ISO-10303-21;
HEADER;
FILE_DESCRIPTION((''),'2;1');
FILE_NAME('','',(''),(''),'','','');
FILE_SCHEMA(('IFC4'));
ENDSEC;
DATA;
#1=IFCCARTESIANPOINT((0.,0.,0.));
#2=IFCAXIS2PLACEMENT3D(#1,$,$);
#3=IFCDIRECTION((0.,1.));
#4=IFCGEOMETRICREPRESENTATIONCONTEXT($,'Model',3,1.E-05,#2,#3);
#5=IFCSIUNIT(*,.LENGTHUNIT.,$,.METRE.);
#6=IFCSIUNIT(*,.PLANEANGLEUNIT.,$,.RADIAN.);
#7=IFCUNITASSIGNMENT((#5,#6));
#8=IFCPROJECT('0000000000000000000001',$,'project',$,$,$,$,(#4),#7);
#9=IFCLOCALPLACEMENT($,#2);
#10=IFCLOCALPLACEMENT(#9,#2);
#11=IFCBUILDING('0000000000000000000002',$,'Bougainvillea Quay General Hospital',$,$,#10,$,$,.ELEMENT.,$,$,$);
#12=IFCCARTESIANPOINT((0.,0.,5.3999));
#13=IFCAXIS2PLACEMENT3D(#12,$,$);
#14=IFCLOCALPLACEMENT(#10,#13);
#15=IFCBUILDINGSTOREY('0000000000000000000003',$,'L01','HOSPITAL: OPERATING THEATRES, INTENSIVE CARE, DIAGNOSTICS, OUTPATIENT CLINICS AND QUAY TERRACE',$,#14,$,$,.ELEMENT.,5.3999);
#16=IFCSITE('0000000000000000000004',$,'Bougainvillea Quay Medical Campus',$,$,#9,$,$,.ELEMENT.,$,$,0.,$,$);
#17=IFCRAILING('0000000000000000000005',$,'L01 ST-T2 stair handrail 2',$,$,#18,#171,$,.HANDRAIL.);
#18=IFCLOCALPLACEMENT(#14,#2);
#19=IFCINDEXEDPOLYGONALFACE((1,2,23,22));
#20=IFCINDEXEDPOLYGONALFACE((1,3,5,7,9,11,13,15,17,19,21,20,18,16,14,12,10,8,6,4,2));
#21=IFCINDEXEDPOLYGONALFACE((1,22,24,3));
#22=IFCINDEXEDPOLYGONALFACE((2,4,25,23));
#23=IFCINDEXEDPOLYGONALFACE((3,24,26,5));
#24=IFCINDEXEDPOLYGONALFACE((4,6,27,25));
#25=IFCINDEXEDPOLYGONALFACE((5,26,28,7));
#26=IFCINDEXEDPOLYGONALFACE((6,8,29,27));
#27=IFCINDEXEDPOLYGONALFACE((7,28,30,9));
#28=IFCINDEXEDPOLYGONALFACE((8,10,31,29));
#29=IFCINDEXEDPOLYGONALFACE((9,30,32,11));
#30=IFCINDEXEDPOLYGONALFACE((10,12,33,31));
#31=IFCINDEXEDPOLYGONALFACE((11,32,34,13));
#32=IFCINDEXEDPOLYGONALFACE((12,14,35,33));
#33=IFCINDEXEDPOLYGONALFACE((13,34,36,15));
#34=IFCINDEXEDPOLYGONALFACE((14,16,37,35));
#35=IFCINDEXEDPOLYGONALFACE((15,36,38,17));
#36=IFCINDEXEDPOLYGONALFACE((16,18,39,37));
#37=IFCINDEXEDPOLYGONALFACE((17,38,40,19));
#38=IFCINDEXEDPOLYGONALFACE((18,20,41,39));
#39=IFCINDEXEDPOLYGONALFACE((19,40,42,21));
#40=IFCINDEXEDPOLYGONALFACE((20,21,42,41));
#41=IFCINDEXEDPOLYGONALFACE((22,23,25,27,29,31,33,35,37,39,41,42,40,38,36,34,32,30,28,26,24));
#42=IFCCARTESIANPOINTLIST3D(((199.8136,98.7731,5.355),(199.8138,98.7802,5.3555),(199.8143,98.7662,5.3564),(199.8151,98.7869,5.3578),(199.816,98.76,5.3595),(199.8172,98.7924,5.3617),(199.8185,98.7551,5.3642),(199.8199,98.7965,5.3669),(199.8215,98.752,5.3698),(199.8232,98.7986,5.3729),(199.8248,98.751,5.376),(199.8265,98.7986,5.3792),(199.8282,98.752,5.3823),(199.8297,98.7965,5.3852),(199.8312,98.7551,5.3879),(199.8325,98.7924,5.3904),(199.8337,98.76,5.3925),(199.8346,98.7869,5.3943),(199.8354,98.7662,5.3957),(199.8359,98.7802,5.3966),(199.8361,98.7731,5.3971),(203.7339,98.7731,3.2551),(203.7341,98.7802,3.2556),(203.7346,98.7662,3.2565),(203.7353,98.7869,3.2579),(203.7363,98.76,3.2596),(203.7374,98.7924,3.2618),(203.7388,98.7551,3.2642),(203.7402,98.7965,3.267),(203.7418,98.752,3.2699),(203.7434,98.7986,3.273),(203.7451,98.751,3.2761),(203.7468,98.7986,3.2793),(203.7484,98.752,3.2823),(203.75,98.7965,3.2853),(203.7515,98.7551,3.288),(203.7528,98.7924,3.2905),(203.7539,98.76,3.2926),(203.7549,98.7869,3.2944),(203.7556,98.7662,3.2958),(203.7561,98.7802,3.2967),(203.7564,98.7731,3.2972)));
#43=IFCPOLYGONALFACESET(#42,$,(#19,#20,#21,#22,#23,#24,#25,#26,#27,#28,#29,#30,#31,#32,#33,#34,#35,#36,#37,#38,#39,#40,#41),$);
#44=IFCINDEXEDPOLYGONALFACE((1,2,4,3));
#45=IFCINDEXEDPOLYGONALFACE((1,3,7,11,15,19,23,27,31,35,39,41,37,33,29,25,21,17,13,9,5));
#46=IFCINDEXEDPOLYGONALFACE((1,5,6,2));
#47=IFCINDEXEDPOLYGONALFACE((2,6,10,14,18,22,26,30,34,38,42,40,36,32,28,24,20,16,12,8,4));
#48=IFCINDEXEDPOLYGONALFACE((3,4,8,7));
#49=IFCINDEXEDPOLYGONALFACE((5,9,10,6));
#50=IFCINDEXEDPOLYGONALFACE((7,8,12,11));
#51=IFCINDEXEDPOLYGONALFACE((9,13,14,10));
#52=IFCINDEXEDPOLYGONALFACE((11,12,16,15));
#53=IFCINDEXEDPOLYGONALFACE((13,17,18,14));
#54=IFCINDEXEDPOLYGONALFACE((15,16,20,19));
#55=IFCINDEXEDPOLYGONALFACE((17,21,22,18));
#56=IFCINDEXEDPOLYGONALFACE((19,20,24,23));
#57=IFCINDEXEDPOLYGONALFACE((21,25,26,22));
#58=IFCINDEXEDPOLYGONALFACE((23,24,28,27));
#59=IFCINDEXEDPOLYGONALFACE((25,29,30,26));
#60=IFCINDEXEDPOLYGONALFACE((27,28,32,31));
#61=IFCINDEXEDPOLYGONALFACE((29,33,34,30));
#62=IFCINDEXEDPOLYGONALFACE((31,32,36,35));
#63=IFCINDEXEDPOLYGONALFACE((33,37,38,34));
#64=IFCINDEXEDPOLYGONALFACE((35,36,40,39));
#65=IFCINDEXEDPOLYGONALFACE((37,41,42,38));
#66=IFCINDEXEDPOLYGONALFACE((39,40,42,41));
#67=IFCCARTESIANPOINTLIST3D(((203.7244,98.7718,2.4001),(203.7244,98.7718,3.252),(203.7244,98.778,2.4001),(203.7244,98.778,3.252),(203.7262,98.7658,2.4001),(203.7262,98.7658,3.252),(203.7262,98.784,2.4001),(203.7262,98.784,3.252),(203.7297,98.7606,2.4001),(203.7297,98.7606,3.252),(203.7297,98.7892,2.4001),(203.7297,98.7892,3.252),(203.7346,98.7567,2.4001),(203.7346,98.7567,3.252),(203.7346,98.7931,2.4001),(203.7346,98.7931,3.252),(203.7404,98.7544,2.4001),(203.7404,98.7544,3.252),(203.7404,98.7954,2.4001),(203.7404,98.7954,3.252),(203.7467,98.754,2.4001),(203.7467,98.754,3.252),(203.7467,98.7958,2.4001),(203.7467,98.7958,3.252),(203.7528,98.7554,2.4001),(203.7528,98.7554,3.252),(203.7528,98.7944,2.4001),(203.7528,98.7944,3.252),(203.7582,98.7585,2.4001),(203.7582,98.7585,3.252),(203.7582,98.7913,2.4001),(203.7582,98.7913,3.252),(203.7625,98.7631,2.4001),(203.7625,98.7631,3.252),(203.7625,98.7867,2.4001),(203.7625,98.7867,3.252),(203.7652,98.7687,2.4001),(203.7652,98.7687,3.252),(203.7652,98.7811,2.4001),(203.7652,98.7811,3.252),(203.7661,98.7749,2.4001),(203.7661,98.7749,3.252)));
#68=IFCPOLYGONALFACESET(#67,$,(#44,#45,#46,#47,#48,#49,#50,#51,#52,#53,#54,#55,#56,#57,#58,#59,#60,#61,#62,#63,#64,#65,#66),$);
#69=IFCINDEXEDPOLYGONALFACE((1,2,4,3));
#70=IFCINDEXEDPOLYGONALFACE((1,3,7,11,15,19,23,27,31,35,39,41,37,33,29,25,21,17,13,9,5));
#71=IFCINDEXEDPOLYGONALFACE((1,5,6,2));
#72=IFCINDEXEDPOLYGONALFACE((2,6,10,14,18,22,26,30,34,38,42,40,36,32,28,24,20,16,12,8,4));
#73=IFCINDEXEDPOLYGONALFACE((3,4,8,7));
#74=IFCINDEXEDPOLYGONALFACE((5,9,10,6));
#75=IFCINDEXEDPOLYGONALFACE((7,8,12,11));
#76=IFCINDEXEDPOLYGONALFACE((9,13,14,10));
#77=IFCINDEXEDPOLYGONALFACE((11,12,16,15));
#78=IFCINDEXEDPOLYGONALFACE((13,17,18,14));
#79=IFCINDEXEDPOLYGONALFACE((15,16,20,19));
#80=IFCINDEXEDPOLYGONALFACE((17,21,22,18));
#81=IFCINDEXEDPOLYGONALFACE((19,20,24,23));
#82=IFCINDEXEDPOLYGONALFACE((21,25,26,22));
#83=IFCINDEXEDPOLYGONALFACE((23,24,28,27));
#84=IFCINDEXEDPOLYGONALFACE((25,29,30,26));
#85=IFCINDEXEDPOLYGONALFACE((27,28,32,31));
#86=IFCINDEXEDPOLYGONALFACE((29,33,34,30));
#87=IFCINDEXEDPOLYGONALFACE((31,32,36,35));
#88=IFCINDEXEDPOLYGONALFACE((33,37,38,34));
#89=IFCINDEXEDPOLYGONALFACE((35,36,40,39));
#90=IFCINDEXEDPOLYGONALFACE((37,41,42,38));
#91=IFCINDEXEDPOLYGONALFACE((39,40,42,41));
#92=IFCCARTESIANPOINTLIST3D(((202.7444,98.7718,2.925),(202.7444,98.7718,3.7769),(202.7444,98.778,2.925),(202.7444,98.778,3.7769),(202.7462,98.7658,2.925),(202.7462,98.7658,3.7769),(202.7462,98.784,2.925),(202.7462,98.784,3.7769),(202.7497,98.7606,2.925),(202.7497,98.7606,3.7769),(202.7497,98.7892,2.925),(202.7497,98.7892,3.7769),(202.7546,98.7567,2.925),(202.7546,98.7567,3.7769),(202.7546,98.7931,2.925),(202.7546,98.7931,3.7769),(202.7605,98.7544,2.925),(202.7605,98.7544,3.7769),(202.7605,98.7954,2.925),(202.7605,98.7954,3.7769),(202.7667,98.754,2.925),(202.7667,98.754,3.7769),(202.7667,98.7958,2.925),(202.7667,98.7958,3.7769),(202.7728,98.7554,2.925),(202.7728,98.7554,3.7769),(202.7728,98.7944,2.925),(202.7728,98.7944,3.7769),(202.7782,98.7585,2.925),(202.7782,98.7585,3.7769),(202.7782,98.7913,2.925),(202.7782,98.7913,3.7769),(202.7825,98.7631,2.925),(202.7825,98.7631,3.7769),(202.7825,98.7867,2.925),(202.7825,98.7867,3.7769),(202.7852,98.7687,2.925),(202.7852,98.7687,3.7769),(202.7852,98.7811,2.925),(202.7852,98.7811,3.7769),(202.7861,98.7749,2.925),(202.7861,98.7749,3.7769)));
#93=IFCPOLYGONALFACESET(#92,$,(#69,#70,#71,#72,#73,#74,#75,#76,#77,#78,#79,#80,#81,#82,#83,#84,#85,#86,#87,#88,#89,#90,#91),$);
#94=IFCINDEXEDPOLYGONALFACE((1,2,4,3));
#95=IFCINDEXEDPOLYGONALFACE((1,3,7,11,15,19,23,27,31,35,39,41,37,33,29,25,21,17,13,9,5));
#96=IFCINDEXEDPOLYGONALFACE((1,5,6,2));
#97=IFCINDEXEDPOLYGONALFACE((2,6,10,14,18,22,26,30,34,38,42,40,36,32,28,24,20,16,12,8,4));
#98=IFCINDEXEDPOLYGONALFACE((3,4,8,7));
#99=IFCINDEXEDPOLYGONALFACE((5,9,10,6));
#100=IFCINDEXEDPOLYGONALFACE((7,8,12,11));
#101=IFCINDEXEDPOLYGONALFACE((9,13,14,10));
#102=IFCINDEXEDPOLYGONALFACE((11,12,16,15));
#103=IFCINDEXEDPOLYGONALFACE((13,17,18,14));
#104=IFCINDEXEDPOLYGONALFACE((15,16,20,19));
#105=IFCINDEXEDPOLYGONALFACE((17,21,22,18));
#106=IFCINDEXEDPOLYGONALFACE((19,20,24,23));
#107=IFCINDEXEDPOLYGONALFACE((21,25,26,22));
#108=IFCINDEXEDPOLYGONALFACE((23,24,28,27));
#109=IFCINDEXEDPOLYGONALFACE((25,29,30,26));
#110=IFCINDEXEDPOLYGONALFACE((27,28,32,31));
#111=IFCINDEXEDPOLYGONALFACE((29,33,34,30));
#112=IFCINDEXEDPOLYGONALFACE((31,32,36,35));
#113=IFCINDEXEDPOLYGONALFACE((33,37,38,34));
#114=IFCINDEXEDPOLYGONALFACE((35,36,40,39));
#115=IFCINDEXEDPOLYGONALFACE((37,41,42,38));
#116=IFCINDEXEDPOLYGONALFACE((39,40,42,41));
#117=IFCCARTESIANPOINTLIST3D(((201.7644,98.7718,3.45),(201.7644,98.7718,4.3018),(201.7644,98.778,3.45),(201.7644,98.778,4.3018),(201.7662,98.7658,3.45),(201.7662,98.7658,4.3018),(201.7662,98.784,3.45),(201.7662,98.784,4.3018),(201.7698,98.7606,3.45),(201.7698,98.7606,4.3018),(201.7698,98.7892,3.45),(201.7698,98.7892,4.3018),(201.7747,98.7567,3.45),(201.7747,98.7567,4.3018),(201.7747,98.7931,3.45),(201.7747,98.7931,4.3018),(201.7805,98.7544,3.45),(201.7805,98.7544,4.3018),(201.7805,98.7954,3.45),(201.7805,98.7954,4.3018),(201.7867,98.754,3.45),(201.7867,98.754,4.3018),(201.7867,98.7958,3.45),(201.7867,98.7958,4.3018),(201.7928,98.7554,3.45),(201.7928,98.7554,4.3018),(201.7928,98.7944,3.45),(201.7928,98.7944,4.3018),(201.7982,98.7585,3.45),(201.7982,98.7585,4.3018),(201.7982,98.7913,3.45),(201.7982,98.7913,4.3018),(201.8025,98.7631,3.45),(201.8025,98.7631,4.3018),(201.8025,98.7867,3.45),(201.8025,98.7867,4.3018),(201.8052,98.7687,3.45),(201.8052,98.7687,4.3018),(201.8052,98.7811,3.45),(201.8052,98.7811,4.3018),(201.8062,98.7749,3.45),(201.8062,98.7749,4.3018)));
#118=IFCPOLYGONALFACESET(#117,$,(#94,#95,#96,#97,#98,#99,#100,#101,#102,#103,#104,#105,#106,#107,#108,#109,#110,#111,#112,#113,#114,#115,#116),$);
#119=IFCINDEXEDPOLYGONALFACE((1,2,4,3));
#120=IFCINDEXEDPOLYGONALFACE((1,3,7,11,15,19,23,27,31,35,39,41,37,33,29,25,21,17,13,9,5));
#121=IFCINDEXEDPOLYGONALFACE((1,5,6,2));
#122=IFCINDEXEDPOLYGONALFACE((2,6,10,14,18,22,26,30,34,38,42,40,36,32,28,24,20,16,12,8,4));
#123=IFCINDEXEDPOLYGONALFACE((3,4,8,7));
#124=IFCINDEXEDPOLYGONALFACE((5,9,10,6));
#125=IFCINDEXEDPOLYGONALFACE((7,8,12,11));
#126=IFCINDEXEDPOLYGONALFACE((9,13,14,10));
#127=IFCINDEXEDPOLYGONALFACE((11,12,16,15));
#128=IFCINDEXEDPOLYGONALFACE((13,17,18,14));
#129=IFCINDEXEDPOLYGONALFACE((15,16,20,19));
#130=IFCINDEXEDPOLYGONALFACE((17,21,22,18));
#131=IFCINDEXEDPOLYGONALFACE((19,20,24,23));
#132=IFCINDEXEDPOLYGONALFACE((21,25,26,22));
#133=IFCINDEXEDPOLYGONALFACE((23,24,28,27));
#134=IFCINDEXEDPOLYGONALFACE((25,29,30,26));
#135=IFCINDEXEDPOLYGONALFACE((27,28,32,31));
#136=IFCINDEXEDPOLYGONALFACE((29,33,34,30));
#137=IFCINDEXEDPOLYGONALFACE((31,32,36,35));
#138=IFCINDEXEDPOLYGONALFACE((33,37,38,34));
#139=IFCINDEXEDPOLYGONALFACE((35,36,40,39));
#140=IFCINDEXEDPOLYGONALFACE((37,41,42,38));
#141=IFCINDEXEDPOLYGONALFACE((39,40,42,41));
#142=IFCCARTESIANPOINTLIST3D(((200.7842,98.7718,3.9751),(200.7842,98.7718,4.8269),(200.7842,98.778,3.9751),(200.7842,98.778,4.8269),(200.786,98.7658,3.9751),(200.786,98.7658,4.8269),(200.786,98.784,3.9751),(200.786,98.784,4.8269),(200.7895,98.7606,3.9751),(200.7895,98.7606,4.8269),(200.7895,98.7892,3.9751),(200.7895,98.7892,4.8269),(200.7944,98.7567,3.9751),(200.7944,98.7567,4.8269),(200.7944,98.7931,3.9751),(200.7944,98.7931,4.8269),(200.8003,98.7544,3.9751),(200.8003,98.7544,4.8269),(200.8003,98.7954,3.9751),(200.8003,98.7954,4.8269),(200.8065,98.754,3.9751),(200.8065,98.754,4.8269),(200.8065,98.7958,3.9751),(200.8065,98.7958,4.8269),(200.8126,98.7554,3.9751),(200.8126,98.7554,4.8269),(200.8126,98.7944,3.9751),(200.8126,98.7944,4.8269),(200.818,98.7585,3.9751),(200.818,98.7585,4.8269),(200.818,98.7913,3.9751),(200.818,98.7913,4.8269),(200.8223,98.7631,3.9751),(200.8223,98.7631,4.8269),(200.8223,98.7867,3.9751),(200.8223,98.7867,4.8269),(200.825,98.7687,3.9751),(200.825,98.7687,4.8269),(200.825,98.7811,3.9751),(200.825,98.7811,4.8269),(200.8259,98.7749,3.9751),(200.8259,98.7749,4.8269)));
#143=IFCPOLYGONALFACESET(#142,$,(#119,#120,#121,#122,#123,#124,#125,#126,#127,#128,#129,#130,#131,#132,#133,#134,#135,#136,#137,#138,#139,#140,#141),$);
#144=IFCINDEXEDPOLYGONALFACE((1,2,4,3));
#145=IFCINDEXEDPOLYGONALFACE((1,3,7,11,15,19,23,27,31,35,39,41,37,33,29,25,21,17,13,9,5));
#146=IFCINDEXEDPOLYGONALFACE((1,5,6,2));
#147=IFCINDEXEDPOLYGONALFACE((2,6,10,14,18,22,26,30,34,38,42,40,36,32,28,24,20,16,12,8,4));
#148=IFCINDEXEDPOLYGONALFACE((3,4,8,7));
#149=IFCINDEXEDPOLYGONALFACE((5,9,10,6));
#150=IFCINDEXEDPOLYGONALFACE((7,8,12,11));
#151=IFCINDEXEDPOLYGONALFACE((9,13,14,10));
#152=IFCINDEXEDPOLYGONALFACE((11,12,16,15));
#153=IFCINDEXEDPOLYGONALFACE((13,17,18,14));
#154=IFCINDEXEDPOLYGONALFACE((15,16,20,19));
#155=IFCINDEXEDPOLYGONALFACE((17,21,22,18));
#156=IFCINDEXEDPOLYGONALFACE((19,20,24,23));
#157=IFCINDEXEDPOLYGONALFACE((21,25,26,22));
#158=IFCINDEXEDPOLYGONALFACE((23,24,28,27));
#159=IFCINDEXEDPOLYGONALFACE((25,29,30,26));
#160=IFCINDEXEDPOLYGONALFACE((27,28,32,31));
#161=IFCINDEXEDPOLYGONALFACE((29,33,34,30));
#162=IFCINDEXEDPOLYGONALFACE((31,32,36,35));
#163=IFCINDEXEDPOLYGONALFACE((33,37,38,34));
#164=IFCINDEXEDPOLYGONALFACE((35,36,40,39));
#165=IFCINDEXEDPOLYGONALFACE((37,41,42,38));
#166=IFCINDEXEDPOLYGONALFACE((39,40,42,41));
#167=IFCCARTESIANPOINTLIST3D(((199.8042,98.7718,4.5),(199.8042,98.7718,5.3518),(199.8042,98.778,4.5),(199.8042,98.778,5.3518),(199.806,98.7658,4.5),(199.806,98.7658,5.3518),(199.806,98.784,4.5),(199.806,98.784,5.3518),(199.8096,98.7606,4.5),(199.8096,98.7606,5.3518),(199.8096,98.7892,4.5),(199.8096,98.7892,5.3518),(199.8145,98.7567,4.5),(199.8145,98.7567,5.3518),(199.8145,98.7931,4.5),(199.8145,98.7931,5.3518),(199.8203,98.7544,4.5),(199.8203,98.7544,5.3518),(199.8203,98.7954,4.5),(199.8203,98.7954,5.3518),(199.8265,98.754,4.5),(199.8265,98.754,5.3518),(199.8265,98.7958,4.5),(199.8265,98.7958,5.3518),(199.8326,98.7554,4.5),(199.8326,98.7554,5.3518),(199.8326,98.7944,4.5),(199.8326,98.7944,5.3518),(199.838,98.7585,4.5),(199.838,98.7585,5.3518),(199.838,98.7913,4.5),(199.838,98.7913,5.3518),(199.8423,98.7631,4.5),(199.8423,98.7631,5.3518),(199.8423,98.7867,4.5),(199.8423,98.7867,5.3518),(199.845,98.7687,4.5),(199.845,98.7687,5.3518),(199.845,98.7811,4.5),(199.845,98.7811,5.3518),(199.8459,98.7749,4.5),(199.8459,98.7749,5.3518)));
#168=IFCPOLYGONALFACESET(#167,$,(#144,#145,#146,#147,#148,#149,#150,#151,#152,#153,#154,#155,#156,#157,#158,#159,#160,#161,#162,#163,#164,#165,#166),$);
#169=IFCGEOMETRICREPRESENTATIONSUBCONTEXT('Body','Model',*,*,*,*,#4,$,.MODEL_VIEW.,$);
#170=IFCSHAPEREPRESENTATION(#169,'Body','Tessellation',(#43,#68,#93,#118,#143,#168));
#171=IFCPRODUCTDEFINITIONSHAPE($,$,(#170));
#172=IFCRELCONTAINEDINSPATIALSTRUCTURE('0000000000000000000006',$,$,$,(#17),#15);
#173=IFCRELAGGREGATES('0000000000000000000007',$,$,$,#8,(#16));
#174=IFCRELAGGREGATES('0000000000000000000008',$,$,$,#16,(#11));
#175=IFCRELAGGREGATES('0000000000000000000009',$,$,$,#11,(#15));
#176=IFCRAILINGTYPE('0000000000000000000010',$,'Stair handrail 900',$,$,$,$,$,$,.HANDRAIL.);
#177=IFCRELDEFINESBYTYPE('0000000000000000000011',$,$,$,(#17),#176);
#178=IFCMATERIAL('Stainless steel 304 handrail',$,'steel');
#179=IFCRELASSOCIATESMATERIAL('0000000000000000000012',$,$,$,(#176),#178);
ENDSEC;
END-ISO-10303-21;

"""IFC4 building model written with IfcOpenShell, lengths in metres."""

from ifc_helpers import new_model, si_unit, direction, frame, origin, origin_2d, place, context, subcontext, project, spatial, circle, extrude, material, type_object, element, save


model = new_model("IFC4")

# Units and contexts
model_context = context("Model", 3, precision=1e-05, world=origin(), true_north=direction((0.0, 1.0)))
body_context = subcontext(model_context, "Body", "Model", "MODEL_VIEW")
ifc_project = project(units=[si_unit("LENGTHUNIT", "METRE"), si_unit("PLANEANGLEUNIT", "RADIAN")], contexts=[model_context])

# Site, building, storey
site_placement = place(None, origin())
site = spatial("IfcSite", under=ifc_project, at=site_placement, Name="Bougainvillea Quay Medical Campus", CompositionType="ELEMENT", RefElevation=0.0)
building_placement = place(site_placement, origin())
building = spatial("IfcBuilding", under=site, at=building_placement, Name="Bougainvillea Quay General Hospital", CompositionType="ELEMENT")
storey_placement = place(building_placement, frame((0.0, 0.0, 5.3999)))
storey = spatial("IfcBuildingStorey", under=building, at=storey_placement, Name="L01", Description="HOSPITAL: OPERATING THEATRES, INTENSIVE CARE, DIAGNOSTICS, OUTPATIENT CLINICS AND QUAY TERRACE", CompositionType="ELEMENT", Elevation=5.3999)

# Railing
ifc_material_1 = material(Name="Stainless steel 304 handrail", Category="steel")
railing_type_1 = type_object("IfcRailingType", Name="Stair handrail 900", PredefinedType="HANDRAIL", material=ifc_material_1)
railing_1_placement = place(storey_placement, frame((203.7451, 98.7749, 2.4001)))
element("IfcRailing", 1, at=railing_1_placement, inside=storey, type_object=railing_type_1, Name="L01 ST-T2 stair handrail 2", PredefinedType="HANDRAIL", context=body_context, shape_type="SweptSolid", body=[
    extrude(circle(Radius=0.0239, at=origin_2d()), frame((0.0, 0.0, 0.876), z_axis=(-0.881502, 0.0, 0.47218), x_axis=(0.0, -1.0, 0.0)), (0.0, 0.0, 1.0), 4.4473),
    extrude(circle(Radius=0.021, at=origin_2d()), origin(), (0.0, 0.0, 1.0), 0.8518),
    extrude(circle(Radius=0.021, at=origin_2d()), frame((-0.98, 0.0, 0.5249)), (0.0, 0.0, 1.0), 0.8518),
    extrude(circle(Radius=0.021, at=origin_2d()), frame((-1.96, 0.0, 1.0498)), (0.0, 0.0, 1.0), 0.8518),
    extrude(circle(Radius=0.021, at=origin_2d()), frame((-2.9402, 0.0, 1.575)), (0.0, 0.0, 1.0), 0.8518),
    extrude(circle(Radius=0.021, at=origin_2d()), frame((-3.9202, 0.0, 2.0999)), (0.0, 0.0, 1.0), 0.8518),
])

save(model, "model.ifc")
